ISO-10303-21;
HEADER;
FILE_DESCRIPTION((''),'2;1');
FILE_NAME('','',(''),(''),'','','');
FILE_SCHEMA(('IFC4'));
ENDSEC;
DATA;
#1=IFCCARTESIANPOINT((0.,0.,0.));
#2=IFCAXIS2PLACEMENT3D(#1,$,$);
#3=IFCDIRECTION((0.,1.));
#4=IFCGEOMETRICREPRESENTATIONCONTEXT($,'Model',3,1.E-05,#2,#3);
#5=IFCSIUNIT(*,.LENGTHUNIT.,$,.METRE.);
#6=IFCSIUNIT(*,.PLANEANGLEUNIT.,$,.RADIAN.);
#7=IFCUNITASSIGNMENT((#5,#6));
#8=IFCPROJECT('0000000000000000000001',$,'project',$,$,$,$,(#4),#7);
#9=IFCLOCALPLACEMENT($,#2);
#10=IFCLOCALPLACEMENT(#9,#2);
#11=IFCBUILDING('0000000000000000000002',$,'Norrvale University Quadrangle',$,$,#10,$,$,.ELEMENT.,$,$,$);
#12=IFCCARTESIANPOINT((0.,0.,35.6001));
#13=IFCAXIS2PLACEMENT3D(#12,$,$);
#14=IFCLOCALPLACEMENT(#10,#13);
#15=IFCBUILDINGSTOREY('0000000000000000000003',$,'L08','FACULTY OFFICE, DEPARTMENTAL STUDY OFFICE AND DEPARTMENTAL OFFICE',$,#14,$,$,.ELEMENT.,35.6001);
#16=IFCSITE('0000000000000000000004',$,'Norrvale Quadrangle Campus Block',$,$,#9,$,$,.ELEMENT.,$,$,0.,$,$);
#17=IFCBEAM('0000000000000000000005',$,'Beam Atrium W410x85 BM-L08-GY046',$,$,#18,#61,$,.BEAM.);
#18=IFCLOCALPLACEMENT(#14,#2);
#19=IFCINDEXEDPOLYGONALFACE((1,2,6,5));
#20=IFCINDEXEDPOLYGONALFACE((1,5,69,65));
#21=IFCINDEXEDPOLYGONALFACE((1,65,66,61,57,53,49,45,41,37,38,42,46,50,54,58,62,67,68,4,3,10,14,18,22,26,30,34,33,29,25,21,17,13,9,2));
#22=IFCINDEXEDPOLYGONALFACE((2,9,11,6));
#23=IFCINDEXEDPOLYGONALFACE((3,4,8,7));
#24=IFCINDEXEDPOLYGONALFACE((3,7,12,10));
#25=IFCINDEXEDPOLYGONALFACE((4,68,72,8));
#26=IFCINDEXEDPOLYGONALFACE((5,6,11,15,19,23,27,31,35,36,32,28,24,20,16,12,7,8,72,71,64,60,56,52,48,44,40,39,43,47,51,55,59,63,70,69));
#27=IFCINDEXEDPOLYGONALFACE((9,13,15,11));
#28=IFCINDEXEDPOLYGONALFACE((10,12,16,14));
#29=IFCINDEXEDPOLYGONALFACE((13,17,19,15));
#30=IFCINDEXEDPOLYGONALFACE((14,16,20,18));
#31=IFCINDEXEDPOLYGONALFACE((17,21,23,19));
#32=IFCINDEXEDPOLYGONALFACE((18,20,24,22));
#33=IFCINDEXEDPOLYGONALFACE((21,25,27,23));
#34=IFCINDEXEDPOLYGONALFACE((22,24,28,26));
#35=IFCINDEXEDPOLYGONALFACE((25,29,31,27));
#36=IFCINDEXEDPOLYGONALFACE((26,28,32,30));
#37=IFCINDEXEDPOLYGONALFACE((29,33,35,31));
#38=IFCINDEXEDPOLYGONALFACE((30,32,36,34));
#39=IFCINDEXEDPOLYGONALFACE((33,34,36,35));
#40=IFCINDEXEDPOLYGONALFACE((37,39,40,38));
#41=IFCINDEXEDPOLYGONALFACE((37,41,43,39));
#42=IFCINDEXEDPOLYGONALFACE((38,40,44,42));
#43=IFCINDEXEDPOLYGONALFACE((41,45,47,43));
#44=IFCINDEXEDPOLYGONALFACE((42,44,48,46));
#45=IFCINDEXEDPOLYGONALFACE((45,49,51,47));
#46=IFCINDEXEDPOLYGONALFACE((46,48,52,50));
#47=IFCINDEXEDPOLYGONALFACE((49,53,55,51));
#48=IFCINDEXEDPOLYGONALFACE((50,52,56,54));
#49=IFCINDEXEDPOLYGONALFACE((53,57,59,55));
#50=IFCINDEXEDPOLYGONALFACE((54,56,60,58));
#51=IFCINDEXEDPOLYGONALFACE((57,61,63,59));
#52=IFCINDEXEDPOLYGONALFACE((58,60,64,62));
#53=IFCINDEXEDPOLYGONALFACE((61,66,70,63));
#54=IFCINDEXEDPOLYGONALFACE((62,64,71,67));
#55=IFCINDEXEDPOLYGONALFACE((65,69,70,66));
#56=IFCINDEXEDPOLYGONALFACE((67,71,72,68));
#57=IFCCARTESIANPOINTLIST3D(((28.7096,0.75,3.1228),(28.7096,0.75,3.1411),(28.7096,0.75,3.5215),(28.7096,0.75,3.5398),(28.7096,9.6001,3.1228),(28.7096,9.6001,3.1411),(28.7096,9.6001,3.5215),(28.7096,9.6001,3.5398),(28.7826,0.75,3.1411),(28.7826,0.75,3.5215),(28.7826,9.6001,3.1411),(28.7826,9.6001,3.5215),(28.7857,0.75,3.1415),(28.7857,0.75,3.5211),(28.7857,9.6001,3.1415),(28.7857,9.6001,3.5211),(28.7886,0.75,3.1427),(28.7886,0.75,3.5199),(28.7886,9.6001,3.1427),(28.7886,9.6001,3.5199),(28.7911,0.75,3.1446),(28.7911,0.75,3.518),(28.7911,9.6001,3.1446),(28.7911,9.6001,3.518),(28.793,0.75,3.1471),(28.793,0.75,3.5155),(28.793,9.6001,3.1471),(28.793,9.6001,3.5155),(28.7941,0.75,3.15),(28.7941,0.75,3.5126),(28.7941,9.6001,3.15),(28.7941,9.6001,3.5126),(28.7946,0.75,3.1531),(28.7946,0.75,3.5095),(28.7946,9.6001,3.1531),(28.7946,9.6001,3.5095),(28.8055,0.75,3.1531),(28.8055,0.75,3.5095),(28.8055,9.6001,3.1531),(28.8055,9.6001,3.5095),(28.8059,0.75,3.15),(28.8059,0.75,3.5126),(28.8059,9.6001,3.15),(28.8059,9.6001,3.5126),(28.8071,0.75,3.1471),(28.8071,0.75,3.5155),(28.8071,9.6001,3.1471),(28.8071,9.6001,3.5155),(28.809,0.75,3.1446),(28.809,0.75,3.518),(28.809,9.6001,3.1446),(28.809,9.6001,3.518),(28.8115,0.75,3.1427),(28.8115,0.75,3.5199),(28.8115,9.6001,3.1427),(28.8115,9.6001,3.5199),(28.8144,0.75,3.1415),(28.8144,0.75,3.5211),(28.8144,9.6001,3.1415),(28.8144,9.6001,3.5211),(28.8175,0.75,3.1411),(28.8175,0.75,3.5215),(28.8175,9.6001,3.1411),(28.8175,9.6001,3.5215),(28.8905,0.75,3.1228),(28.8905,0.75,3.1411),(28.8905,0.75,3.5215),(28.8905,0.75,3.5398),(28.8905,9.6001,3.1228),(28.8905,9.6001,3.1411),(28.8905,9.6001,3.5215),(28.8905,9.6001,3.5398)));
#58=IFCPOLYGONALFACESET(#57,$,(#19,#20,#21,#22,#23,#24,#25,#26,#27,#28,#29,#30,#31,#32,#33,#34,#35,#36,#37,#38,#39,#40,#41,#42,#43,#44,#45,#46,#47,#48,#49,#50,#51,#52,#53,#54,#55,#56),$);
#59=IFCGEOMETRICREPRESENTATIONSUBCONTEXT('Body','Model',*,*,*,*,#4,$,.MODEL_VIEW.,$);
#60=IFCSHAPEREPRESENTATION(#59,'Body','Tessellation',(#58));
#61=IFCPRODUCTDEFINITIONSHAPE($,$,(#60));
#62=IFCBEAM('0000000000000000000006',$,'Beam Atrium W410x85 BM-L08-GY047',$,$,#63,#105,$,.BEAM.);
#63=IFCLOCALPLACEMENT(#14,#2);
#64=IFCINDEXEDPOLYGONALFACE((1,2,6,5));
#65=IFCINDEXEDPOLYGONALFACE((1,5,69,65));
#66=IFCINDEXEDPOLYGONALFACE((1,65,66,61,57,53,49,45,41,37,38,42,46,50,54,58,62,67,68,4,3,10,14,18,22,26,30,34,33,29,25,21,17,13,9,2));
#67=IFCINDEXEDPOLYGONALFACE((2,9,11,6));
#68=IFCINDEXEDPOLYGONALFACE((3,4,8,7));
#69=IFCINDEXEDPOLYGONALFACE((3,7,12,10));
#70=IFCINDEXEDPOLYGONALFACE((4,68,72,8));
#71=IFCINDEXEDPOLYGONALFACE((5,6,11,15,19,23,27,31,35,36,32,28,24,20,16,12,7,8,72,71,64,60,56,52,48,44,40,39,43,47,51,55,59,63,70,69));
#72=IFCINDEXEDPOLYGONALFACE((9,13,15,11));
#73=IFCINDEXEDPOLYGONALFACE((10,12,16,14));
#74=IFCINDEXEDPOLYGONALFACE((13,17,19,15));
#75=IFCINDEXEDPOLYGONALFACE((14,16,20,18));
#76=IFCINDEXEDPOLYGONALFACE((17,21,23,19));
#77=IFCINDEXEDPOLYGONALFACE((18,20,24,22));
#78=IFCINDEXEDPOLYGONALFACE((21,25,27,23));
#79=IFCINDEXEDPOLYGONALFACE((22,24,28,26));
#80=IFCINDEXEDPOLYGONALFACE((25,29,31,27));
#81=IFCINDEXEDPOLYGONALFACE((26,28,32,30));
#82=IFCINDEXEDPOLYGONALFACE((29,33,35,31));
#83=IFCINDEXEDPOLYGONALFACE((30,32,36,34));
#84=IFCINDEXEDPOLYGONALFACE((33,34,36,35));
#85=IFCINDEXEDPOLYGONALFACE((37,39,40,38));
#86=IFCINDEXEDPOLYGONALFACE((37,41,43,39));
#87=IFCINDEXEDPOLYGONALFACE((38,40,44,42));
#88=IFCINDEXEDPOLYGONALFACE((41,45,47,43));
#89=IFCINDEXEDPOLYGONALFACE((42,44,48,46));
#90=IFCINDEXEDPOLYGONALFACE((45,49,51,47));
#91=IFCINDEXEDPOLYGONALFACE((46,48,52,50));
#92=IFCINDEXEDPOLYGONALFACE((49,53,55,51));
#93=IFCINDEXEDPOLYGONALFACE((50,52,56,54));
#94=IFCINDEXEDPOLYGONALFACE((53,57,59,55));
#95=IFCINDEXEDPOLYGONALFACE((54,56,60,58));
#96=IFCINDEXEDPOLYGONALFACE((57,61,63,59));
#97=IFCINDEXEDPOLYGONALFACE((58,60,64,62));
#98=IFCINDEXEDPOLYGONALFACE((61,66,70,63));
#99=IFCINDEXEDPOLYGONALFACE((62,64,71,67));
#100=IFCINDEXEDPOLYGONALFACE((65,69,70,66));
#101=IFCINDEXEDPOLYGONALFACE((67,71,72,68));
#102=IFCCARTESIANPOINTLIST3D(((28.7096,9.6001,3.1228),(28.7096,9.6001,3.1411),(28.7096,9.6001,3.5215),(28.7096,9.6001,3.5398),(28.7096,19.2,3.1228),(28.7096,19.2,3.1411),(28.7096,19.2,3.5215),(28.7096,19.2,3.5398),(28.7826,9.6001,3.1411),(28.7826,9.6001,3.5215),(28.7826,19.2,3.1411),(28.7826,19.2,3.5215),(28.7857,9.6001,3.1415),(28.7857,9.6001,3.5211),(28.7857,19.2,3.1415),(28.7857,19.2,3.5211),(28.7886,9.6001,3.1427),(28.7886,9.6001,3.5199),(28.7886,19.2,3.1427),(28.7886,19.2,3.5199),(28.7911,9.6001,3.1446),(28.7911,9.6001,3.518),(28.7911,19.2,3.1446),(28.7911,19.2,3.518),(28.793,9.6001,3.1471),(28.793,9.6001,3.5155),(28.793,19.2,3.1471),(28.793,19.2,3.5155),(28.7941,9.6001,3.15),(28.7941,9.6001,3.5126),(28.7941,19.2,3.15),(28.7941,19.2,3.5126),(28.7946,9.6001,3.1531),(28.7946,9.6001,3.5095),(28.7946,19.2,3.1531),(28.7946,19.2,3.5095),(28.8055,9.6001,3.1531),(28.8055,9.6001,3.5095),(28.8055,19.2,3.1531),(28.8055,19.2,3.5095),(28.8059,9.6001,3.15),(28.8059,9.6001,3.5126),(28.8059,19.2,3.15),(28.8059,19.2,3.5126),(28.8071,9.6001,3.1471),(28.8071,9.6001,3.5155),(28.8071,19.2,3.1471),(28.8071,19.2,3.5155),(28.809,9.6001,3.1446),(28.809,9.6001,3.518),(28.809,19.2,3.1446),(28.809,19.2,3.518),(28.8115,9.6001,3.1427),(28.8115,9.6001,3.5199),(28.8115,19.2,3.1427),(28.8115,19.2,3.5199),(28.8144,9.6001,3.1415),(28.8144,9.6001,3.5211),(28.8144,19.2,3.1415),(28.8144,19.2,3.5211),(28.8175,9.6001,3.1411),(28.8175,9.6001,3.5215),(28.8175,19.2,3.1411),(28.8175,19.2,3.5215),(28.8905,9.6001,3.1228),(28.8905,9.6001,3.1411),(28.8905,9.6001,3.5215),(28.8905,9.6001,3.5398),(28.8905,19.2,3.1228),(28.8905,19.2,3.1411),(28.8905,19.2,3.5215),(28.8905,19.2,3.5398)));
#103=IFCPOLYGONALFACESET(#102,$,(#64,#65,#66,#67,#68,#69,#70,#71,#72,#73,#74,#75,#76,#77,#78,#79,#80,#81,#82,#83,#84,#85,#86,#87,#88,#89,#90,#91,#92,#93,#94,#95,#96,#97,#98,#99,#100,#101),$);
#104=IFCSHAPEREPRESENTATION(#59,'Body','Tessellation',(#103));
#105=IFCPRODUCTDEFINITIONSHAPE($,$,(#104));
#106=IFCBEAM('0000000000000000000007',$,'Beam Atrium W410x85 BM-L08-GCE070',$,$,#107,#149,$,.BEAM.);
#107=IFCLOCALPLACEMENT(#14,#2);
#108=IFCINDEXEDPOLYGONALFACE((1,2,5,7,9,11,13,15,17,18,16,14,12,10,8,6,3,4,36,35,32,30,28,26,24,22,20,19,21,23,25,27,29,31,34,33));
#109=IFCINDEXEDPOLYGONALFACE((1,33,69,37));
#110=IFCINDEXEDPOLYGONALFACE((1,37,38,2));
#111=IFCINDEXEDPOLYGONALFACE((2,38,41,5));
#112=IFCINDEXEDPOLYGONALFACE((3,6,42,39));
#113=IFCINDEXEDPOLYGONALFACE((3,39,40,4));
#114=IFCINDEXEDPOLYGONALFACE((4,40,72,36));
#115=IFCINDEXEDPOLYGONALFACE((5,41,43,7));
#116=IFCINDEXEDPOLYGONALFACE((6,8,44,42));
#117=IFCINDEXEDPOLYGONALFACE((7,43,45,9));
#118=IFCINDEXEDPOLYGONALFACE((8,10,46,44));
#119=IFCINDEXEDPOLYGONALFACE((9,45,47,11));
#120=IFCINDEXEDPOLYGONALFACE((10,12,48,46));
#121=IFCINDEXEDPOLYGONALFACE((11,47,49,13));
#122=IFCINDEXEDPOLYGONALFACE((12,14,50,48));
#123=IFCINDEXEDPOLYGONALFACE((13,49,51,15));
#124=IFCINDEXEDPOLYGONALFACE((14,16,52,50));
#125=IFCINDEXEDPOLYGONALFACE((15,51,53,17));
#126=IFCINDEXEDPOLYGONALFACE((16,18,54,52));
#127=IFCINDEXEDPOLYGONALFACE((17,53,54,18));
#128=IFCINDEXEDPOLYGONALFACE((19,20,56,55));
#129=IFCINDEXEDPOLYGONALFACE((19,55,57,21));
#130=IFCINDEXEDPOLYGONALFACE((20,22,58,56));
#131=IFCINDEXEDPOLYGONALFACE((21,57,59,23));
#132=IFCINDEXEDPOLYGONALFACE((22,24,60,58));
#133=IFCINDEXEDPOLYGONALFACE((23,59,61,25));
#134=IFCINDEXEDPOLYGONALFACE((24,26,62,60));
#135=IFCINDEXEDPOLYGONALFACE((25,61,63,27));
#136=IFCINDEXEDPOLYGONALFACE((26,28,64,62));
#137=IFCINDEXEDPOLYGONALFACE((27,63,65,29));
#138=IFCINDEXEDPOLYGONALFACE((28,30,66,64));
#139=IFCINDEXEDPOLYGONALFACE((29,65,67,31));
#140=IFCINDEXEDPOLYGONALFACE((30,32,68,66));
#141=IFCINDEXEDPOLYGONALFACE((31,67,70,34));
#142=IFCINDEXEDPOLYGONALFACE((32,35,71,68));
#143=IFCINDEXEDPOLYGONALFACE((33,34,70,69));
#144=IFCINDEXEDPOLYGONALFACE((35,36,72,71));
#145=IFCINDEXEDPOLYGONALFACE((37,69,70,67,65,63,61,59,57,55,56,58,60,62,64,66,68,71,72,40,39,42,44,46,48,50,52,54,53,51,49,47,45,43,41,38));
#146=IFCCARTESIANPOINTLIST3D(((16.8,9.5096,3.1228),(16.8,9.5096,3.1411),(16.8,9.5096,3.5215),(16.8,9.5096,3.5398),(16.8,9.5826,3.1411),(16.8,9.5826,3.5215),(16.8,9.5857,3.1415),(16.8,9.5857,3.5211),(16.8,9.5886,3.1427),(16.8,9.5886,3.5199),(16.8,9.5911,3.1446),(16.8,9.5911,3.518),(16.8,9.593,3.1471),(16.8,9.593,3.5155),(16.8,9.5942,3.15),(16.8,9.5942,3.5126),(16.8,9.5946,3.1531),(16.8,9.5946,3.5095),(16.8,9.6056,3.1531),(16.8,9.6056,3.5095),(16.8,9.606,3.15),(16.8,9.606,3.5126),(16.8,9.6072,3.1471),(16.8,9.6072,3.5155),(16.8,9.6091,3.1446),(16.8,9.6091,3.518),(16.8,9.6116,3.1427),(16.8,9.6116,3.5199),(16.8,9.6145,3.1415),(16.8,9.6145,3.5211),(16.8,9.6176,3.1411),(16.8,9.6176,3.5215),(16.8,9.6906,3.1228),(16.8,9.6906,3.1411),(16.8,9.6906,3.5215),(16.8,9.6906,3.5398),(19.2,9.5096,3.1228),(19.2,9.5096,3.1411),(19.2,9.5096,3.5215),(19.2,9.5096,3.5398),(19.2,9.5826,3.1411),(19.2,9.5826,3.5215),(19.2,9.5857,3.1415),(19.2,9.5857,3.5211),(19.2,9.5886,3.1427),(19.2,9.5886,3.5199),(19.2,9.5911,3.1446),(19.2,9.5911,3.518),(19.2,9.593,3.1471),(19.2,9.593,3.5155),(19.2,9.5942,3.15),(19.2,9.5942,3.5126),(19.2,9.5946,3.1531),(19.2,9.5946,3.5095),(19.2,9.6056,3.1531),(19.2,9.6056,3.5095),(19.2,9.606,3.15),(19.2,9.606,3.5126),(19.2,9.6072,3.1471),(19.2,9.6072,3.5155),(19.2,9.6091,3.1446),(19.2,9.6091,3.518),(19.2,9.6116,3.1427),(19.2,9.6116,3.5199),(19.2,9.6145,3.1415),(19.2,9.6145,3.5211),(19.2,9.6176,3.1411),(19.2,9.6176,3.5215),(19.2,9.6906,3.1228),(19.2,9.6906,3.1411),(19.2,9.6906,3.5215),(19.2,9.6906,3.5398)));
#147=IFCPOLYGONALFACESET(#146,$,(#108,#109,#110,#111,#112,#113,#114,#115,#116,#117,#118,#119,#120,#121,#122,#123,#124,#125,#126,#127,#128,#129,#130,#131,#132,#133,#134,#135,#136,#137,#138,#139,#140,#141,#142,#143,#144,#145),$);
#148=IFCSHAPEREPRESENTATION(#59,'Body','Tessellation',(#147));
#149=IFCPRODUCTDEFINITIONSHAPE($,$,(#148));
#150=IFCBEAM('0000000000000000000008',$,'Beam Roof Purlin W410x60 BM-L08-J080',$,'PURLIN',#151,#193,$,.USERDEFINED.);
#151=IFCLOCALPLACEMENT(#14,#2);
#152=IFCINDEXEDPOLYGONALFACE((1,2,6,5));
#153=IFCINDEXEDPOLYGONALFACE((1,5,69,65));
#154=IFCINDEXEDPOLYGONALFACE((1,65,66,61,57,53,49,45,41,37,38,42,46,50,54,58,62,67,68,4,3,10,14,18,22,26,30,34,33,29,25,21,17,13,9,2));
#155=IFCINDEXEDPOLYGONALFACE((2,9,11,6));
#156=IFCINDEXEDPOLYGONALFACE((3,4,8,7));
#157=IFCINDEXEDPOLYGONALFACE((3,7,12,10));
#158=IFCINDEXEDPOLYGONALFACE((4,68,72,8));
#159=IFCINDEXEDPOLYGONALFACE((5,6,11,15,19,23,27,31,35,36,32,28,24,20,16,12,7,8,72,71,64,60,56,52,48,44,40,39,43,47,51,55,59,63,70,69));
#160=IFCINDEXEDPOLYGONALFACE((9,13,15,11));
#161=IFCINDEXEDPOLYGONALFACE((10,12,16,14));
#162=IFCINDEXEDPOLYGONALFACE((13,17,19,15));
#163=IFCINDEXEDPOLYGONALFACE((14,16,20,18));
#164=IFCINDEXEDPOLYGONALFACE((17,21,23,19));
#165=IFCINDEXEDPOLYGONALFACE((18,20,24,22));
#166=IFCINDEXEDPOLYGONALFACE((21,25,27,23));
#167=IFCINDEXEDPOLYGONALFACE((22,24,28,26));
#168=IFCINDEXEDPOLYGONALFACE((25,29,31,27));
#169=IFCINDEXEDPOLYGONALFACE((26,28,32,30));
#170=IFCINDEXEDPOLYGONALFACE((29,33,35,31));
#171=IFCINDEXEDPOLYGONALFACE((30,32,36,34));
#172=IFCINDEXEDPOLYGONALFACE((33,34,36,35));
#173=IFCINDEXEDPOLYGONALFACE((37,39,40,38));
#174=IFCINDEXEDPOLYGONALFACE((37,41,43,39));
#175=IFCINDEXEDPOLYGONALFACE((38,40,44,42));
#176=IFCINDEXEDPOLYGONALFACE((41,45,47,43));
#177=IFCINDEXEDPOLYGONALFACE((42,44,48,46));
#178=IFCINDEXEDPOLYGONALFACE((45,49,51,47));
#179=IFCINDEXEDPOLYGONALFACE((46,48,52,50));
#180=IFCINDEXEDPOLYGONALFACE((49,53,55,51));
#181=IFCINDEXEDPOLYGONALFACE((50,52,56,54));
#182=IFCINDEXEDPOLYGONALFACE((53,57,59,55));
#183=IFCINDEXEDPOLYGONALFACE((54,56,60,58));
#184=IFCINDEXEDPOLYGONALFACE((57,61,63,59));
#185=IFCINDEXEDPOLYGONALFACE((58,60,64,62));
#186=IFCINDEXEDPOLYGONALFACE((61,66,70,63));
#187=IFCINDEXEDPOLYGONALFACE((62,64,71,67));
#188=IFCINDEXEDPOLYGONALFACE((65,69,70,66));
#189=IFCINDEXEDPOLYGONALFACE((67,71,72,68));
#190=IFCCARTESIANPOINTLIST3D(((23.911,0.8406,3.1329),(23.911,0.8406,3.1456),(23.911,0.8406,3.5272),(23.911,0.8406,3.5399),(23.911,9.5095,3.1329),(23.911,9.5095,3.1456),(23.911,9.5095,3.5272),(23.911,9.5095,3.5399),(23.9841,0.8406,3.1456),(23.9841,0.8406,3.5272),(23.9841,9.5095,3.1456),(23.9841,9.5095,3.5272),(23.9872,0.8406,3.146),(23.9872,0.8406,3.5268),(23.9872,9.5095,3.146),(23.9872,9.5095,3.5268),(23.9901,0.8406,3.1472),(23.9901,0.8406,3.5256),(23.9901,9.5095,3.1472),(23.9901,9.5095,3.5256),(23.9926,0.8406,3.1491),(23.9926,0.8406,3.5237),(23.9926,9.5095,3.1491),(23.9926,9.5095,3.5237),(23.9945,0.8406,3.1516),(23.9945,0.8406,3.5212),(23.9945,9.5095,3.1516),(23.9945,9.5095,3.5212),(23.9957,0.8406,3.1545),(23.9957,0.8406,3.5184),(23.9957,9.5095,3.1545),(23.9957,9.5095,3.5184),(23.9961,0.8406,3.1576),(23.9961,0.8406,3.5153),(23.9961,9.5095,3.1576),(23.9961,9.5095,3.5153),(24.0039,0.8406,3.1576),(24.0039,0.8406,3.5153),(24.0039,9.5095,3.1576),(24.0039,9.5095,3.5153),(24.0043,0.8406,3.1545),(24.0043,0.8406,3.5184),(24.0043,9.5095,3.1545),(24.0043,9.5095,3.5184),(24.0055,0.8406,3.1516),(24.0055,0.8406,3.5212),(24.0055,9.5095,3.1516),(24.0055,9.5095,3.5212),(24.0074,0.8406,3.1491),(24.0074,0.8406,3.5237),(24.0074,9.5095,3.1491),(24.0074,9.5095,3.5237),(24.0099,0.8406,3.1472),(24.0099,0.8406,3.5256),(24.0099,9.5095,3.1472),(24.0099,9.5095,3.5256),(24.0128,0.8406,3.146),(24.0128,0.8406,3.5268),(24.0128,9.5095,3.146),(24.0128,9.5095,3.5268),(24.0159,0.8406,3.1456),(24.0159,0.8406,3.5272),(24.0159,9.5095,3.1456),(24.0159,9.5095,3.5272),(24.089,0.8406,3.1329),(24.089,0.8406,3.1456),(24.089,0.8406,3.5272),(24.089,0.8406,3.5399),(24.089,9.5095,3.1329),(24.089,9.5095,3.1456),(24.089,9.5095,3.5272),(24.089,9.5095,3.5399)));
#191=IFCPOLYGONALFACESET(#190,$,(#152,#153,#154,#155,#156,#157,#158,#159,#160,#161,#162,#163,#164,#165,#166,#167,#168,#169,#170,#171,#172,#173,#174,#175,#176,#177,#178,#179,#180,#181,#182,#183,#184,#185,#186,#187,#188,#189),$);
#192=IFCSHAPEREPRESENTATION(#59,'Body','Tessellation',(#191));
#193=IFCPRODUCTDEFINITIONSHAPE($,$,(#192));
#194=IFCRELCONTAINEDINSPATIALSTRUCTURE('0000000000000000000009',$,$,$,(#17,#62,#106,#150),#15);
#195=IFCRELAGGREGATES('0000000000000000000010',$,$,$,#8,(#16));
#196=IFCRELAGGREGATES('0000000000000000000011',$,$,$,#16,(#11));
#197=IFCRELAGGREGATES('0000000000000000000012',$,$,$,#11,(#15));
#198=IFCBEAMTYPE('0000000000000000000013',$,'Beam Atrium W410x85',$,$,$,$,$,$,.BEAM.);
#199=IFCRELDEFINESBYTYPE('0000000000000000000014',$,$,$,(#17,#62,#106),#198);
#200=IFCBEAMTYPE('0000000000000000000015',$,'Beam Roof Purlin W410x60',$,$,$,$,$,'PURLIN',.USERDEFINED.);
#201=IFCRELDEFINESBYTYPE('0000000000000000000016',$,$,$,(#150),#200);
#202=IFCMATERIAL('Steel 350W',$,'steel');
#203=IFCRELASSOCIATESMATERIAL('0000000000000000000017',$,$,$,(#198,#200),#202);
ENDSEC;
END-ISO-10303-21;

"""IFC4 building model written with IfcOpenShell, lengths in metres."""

from ifc_helpers import new_model, si_unit, direction, frame, origin, origin_2d, place, context, subcontext, project, spatial, i_section, extrude, material, material_profile, profile_set, type_object, element, save


model = new_model("IFC4")

# Units and contexts
model_context = context("Model", 3, precision=1e-05, world=origin(), true_north=direction((0.0, 1.0)))
body_context = subcontext(model_context, "Body", "Model", "MODEL_VIEW")
ifc_project = project(units=[si_unit("LENGTHUNIT", "METRE"), si_unit("PLANEANGLEUNIT", "RADIAN")], contexts=[model_context])

# Site, building, storey
site_placement = place(None, origin())
site = spatial("IfcSite", under=ifc_project, at=site_placement, Name="Norrvale Quadrangle Campus Block", CompositionType="ELEMENT", RefElevation=0.0)
building_placement = place(site_placement, origin())
building = spatial("IfcBuilding", under=site, at=building_placement, Name="Norrvale University Quadrangle", CompositionType="ELEMENT")
storey_placement = place(building_placement, frame((0.0, 0.0, 35.6001)))
storey = spatial("IfcBuildingStorey", under=building, at=storey_placement, Name="L08", Description="FACULTY OFFICE, DEPARTMENTAL STUDY OFFICE AND DEPARTMENTAL OFFICE", CompositionType="ELEMENT", Elevation=35.6001)

# Beams
ifc_material_1 = material(Name="Steel 350W", Category="steel")
ifc_material_profile_1 = material_profile(ifc_material_1, i_section(OverallWidth=0.1809, OverallDepth=0.417, WebThickness=0.011, FlangeThickness=0.0183, FilletRadius=0.012, at=origin_2d()), Name="Steel 350W")
ifc_profile_set_1 = profile_set([ifc_material_profile_1], Name="Steel 350W")
beam_type_1 = type_object("IfcBeamType", Name="Beam Atrium W410x85", PredefinedType="BEAM", material=ifc_profile_set_1)
beam_1_placement = place(storey_placement, frame((28.8, 0.75, 3.3313), z_axis=(0.0, 1.0, 0.0), x_axis=(-1.0, 0.0, 0.0)))
element("IfcBeam", 1, at=beam_1_placement, inside=storey, type_object=beam_type_1, Name="Beam Atrium W410x85 BM-L08-GY046", PredefinedType="BEAM", context=body_context, shape_type="SweptSolid", body=[
    extrude(i_section(OverallWidth=0.1809, OverallDepth=0.417, WebThickness=0.011, FlangeThickness=0.0183, FilletRadius=0.012, at=origin_2d()), origin(), (0.0, 0.0, 1.0), 8.8501),
])
beam_2_placement = place(storey_placement, frame((28.8, 9.6001, 3.3313), z_axis=(0.0, 1.0, 0.0), x_axis=(-1.0, 0.0, 0.0)))
element("IfcBeam", 2, at=beam_2_placement, inside=storey, type_object=beam_type_1, Name="Beam Atrium W410x85 BM-L08-GY047", PredefinedType="BEAM", context=body_context, shape_type="SweptSolid", body=[
    extrude(i_section(OverallWidth=0.1809, OverallDepth=0.417, WebThickness=0.011, FlangeThickness=0.0183, FilletRadius=0.012, at=origin_2d()), origin(), (0.0, 0.0, 1.0), 9.5999),
])
beam_3_placement = place(storey_placement, frame((16.8, 9.6001, 3.3313), z_axis=(1.0, 0.0, 0.0), x_axis=(0.0, 1.0, 0.0)))
element("IfcBeam", 3, at=beam_3_placement, inside=storey, type_object=beam_type_1, Name="Beam Atrium W410x85 BM-L08-GCE070", PredefinedType="BEAM", context=body_context, shape_type="SweptSolid", body=[
    extrude(i_section(OverallWidth=0.1809, OverallDepth=0.417, WebThickness=0.011, FlangeThickness=0.0183, FilletRadius=0.012, at=origin_2d()), origin(), (0.0, 0.0, 1.0), 2.3999),
])
ifc_material_profile_2 = material_profile(ifc_material_1, i_section(OverallWidth=0.178, OverallDepth=0.407, WebThickness=0.0078, FlangeThickness=0.0127, FilletRadius=0.012, at=origin_2d()), Name="Steel 350W")
ifc_profile_set_2 = profile_set([ifc_material_profile_2], Name="Steel 350W")
beam_type_2 = type_object("IfcBeamType", Name="Beam Roof Purlin W410x60", ElementType="PURLIN", PredefinedType="USERDEFINED", material=ifc_profile_set_2)
beam_4_placement = place(storey_placement, frame((24.0, 0.8406, 3.3364), z_axis=(0.0, 1.0, 0.0), x_axis=(-1.0, 0.0, 0.0)))
element("IfcBeam", 4, at=beam_4_placement, inside=storey, type_object=beam_type_2, Name="Beam Roof Purlin W410x60 BM-L08-J080", ObjectType="PURLIN", PredefinedType="USERDEFINED", context=body_context, shape_type="SweptSolid", body=[
    extrude(i_section(OverallWidth=0.178, OverallDepth=0.407, WebThickness=0.0078, FlangeThickness=0.0127, FilletRadius=0.012, at=origin_2d()), origin(), (0.0, 0.0, 1.0), 8.6689),
])

save(model, "model.ifc")
